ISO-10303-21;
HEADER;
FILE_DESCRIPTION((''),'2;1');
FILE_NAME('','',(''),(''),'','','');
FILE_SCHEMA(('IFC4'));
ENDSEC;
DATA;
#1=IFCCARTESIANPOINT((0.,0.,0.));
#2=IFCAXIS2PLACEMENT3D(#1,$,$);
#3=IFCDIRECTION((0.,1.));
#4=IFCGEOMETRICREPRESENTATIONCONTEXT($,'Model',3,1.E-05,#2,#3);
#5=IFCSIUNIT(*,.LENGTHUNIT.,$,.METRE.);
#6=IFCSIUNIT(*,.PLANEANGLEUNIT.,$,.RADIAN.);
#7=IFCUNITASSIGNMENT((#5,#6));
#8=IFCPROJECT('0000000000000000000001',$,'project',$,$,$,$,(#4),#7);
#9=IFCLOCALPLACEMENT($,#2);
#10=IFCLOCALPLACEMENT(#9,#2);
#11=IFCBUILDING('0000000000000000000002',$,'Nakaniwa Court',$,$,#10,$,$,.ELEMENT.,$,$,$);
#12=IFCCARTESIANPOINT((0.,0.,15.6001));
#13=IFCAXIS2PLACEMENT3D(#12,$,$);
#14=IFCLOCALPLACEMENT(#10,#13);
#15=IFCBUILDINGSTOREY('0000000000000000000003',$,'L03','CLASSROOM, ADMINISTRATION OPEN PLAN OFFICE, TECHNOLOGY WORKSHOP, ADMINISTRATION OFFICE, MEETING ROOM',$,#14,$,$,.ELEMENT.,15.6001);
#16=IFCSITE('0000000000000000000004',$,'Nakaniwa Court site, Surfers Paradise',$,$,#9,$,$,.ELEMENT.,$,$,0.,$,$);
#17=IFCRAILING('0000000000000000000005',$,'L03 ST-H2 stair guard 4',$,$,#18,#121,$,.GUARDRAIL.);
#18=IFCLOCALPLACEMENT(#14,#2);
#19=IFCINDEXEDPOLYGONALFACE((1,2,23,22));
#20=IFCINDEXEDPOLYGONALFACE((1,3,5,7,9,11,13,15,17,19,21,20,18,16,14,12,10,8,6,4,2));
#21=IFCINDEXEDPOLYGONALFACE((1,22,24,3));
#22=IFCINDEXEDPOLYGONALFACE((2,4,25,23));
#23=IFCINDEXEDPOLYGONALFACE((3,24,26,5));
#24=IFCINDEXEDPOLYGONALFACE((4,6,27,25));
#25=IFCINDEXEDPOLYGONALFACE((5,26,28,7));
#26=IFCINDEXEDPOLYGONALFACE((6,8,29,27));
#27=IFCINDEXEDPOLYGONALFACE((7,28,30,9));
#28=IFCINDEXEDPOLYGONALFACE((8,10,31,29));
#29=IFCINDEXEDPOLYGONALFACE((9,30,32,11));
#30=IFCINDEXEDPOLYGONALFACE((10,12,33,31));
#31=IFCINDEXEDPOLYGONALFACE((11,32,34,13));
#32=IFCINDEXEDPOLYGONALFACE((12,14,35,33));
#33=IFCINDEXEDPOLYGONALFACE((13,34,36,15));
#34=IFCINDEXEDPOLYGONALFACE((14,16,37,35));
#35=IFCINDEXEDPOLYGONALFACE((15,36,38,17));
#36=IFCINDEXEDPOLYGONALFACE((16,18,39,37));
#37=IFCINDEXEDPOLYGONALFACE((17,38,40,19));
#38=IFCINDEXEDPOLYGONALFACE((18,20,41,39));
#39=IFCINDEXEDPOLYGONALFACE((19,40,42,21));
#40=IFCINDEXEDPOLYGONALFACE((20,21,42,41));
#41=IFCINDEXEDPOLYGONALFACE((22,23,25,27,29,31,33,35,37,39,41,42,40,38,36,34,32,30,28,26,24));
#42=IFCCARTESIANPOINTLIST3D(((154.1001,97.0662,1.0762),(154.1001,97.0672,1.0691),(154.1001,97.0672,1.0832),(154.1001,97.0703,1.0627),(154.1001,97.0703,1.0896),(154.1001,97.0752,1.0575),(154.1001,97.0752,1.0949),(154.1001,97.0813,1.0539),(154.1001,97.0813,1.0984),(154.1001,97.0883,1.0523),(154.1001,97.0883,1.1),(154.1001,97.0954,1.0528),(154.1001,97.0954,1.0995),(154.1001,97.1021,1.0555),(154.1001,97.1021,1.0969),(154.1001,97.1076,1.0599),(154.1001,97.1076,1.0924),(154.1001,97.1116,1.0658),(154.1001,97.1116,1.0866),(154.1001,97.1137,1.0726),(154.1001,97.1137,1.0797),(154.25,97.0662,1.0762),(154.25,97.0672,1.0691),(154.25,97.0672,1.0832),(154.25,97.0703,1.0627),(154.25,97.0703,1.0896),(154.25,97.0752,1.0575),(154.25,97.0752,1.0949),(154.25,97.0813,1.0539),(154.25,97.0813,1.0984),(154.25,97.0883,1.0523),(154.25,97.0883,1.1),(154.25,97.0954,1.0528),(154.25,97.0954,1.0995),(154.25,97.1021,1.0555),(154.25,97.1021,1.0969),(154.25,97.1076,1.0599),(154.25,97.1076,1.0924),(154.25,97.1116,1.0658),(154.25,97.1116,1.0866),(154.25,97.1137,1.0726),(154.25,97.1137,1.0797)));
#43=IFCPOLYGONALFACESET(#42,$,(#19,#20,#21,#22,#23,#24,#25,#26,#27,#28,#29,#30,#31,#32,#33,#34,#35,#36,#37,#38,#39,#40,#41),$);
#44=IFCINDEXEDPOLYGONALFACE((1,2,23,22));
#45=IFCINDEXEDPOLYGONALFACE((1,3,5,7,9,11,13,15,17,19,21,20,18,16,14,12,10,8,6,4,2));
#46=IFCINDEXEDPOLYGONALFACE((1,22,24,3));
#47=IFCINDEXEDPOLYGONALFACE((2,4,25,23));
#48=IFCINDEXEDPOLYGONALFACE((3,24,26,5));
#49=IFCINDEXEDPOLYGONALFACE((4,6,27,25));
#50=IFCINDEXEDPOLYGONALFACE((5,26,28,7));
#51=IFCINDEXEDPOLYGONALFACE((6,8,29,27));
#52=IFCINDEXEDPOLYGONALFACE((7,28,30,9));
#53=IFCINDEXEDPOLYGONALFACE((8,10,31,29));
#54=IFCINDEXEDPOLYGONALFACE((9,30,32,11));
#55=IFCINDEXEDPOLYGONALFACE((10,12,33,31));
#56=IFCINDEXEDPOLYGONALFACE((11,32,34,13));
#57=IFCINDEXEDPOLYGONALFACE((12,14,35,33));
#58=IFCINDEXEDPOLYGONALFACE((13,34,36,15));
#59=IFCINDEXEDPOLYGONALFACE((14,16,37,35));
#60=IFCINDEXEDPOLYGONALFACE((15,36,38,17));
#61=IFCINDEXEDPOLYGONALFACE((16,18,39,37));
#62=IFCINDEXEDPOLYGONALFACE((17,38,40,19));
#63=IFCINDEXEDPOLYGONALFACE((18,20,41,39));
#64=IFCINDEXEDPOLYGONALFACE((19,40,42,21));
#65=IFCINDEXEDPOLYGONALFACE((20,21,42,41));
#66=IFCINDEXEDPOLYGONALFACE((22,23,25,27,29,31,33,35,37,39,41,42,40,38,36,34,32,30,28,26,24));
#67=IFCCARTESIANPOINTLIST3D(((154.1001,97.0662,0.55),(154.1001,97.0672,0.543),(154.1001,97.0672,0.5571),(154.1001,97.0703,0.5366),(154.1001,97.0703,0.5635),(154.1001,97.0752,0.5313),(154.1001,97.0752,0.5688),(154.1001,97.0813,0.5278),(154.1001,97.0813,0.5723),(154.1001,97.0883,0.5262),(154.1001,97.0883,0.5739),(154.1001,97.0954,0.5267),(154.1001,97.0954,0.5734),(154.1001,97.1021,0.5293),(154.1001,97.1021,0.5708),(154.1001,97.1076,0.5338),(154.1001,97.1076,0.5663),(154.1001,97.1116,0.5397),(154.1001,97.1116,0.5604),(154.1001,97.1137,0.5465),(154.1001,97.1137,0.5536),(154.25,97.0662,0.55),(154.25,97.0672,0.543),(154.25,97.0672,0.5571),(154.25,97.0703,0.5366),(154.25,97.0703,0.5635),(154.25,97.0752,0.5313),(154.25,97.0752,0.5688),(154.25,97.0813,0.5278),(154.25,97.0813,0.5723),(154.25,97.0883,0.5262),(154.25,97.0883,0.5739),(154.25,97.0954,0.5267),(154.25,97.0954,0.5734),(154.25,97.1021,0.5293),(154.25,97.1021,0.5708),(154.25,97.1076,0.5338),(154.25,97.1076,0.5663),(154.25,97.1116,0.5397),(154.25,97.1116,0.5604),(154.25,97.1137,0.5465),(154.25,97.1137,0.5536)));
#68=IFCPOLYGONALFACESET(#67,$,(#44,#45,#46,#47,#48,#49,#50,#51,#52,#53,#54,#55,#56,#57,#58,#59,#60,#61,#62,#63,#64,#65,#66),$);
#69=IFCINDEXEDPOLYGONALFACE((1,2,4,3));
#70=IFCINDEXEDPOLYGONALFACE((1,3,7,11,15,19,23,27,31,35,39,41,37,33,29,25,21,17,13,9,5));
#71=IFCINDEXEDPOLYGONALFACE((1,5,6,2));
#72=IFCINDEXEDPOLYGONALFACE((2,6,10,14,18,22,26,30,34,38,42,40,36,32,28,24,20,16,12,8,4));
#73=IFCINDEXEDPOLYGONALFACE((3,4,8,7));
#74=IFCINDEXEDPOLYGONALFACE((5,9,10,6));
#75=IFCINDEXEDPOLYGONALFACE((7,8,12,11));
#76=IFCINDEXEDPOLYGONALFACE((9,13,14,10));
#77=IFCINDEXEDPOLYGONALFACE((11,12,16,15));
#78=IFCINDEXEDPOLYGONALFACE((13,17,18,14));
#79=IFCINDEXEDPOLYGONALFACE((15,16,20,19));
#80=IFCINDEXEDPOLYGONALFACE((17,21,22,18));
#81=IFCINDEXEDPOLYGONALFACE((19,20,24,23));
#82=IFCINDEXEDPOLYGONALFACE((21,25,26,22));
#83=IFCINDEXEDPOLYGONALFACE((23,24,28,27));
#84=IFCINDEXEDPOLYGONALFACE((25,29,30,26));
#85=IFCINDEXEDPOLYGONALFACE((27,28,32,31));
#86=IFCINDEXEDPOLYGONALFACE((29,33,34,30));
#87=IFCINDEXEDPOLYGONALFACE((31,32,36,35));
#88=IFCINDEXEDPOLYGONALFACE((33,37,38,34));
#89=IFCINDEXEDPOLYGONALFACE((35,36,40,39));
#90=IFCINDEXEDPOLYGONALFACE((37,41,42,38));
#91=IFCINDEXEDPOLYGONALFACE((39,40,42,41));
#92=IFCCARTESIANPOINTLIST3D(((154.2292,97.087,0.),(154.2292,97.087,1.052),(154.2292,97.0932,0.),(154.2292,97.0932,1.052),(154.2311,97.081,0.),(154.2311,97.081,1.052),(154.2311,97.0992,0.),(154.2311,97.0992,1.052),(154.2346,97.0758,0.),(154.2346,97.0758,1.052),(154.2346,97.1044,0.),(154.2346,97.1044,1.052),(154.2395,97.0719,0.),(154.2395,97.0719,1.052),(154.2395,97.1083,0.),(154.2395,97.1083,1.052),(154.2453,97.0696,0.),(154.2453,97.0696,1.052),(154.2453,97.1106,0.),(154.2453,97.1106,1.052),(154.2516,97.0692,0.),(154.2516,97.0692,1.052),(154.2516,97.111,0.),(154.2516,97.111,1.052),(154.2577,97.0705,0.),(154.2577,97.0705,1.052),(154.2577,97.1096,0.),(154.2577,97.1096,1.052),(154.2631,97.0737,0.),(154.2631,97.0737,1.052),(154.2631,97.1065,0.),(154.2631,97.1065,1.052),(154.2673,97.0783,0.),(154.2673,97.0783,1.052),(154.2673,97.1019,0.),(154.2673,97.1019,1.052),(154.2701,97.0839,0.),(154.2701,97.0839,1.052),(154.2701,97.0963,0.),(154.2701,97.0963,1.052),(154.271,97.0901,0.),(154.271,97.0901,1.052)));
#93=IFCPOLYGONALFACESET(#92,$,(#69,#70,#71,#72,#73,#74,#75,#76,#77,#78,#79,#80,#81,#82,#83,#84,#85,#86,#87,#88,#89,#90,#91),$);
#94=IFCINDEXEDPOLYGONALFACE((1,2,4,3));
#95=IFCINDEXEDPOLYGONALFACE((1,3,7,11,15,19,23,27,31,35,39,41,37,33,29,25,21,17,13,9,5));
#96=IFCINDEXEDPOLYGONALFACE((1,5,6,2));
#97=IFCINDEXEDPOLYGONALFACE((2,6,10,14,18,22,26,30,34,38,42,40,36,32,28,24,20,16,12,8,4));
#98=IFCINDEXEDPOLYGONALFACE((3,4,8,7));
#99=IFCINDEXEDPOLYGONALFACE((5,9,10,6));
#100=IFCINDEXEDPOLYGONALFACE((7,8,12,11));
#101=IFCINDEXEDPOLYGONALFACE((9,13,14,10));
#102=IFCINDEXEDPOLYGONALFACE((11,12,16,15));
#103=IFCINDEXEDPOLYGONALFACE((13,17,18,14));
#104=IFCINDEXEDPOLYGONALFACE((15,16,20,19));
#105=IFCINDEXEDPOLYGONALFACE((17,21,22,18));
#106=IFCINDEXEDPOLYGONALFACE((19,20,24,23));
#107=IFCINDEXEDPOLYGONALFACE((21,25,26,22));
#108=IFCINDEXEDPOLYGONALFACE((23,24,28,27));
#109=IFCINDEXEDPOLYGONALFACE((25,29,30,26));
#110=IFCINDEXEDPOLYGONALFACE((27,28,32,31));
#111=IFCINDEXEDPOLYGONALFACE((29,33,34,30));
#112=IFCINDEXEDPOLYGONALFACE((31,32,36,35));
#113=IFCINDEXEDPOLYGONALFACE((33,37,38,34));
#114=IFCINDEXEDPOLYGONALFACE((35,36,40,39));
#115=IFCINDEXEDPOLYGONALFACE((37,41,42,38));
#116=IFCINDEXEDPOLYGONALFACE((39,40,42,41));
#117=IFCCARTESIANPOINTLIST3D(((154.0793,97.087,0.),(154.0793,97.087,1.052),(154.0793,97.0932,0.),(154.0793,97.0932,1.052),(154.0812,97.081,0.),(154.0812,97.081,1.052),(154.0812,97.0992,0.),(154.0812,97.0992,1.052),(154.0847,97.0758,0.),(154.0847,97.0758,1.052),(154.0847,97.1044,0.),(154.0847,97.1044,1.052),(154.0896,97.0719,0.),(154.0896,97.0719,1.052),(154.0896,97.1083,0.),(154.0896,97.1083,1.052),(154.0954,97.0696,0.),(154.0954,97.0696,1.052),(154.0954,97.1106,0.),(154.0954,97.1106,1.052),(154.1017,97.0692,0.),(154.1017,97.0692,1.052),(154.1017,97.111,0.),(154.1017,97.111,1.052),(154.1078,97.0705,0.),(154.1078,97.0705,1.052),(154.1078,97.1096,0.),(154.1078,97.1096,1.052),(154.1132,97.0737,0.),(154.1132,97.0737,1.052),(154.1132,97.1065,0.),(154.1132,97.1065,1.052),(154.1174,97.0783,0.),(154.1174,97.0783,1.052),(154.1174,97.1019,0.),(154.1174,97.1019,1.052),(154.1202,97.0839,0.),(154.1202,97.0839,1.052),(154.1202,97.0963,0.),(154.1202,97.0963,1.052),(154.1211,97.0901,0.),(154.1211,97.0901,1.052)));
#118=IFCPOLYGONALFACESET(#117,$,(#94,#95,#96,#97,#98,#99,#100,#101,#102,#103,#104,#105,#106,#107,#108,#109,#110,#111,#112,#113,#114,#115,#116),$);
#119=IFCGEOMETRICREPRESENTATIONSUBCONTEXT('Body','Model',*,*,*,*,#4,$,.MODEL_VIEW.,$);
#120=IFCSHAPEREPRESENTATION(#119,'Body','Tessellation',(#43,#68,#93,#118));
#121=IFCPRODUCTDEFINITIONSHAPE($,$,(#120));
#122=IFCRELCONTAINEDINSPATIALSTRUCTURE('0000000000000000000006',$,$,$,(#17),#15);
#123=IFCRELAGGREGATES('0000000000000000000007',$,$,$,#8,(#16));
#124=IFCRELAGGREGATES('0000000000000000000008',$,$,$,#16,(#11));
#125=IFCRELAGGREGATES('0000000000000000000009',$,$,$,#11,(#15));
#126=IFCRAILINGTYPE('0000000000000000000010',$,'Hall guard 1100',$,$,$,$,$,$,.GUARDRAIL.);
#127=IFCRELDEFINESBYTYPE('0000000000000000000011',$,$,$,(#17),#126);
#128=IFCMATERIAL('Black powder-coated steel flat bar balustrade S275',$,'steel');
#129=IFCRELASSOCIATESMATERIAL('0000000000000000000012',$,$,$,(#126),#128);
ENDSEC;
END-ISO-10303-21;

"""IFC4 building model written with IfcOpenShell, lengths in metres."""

from ifc_helpers import new_model, si_unit, direction, frame, origin, origin_2d, place, context, subcontext, project, spatial, circle, extrude, material, type_object, element, save


model = new_model("IFC4")

# Units and contexts
model_context = context("Model", 3, precision=1e-05, world=origin(), true_north=direction((0.0, 1.0)))
body_context = subcontext(model_context, "Body", "Model", "MODEL_VIEW")
ifc_project = project(units=[si_unit("LENGTHUNIT", "METRE"), si_unit("PLANEANGLEUNIT", "RADIAN")], contexts=[model_context])

# Site, building, storey
site_placement = place(None, origin())
site = spatial("IfcSite", under=ifc_project, at=site_placement, Name="Nakaniwa Court site, Surfers Paradise", CompositionType="ELEMENT", RefElevation=0.0)
building_placement = place(site_placement, origin())
building = spatial("IfcBuilding", under=site, at=building_placement, Name="Nakaniwa Court", CompositionType="ELEMENT")
storey_placement = place(building_placement, frame((0.0, 0.0, 15.6001)))
storey = spatial("IfcBuildingStorey", under=building, at=storey_placement, Name="L03", Description="CLASSROOM, ADMINISTRATION OPEN PLAN OFFICE, TECHNOLOGY WORKSHOP, ADMINISTRATION OFFICE, MEETING ROOM", CompositionType="ELEMENT", Elevation=15.6001)

# Railing
ifc_material_1 = material(Name="Black powder-coated steel flat bar balustrade S275", Category="steel")
railing_type_1 = type_object("IfcRailingType", Name="Hall guard 1100", PredefinedType="GUARDRAIL", material=ifc_material_1)
railing_1_placement = place(storey_placement, frame((154.25, 97.0901, 0.0)))
element("IfcRailing", 1, at=railing_1_placement, inside=storey, type_object=railing_type_1, Name="L03 ST-H2 stair guard 4", PredefinedType="GUARDRAIL", context=body_context, shape_type="SweptSolid", body=[
    extrude(circle(Radius=0.0239, at=origin_2d()), frame((0.0, 0.0, 1.0762), z_axis=(-1.0, 0.0, 0.0), x_axis=(0.0, -1.0, 0.0)), (0.0, 0.0, 1.0), 0.1499),
    extrude(circle(Radius=0.0239, at=origin_2d()), frame((0.0, 0.0, 0.55), z_axis=(-1.0, 0.0, 0.0), x_axis=(0.0, -1.0, 0.0)), (0.0, 0.0, 1.0), 0.1499),
    extrude(circle(Radius=0.021, at=origin_2d()), origin(), (0.0, 0.0, 1.0), 1.052),
    extrude(circle(Radius=0.021, at=origin_2d()), frame((-0.1499, 0.0, 0.0)), (0.0, 0.0, 1.0), 1.052),
])

save(model, "model.ifc")
